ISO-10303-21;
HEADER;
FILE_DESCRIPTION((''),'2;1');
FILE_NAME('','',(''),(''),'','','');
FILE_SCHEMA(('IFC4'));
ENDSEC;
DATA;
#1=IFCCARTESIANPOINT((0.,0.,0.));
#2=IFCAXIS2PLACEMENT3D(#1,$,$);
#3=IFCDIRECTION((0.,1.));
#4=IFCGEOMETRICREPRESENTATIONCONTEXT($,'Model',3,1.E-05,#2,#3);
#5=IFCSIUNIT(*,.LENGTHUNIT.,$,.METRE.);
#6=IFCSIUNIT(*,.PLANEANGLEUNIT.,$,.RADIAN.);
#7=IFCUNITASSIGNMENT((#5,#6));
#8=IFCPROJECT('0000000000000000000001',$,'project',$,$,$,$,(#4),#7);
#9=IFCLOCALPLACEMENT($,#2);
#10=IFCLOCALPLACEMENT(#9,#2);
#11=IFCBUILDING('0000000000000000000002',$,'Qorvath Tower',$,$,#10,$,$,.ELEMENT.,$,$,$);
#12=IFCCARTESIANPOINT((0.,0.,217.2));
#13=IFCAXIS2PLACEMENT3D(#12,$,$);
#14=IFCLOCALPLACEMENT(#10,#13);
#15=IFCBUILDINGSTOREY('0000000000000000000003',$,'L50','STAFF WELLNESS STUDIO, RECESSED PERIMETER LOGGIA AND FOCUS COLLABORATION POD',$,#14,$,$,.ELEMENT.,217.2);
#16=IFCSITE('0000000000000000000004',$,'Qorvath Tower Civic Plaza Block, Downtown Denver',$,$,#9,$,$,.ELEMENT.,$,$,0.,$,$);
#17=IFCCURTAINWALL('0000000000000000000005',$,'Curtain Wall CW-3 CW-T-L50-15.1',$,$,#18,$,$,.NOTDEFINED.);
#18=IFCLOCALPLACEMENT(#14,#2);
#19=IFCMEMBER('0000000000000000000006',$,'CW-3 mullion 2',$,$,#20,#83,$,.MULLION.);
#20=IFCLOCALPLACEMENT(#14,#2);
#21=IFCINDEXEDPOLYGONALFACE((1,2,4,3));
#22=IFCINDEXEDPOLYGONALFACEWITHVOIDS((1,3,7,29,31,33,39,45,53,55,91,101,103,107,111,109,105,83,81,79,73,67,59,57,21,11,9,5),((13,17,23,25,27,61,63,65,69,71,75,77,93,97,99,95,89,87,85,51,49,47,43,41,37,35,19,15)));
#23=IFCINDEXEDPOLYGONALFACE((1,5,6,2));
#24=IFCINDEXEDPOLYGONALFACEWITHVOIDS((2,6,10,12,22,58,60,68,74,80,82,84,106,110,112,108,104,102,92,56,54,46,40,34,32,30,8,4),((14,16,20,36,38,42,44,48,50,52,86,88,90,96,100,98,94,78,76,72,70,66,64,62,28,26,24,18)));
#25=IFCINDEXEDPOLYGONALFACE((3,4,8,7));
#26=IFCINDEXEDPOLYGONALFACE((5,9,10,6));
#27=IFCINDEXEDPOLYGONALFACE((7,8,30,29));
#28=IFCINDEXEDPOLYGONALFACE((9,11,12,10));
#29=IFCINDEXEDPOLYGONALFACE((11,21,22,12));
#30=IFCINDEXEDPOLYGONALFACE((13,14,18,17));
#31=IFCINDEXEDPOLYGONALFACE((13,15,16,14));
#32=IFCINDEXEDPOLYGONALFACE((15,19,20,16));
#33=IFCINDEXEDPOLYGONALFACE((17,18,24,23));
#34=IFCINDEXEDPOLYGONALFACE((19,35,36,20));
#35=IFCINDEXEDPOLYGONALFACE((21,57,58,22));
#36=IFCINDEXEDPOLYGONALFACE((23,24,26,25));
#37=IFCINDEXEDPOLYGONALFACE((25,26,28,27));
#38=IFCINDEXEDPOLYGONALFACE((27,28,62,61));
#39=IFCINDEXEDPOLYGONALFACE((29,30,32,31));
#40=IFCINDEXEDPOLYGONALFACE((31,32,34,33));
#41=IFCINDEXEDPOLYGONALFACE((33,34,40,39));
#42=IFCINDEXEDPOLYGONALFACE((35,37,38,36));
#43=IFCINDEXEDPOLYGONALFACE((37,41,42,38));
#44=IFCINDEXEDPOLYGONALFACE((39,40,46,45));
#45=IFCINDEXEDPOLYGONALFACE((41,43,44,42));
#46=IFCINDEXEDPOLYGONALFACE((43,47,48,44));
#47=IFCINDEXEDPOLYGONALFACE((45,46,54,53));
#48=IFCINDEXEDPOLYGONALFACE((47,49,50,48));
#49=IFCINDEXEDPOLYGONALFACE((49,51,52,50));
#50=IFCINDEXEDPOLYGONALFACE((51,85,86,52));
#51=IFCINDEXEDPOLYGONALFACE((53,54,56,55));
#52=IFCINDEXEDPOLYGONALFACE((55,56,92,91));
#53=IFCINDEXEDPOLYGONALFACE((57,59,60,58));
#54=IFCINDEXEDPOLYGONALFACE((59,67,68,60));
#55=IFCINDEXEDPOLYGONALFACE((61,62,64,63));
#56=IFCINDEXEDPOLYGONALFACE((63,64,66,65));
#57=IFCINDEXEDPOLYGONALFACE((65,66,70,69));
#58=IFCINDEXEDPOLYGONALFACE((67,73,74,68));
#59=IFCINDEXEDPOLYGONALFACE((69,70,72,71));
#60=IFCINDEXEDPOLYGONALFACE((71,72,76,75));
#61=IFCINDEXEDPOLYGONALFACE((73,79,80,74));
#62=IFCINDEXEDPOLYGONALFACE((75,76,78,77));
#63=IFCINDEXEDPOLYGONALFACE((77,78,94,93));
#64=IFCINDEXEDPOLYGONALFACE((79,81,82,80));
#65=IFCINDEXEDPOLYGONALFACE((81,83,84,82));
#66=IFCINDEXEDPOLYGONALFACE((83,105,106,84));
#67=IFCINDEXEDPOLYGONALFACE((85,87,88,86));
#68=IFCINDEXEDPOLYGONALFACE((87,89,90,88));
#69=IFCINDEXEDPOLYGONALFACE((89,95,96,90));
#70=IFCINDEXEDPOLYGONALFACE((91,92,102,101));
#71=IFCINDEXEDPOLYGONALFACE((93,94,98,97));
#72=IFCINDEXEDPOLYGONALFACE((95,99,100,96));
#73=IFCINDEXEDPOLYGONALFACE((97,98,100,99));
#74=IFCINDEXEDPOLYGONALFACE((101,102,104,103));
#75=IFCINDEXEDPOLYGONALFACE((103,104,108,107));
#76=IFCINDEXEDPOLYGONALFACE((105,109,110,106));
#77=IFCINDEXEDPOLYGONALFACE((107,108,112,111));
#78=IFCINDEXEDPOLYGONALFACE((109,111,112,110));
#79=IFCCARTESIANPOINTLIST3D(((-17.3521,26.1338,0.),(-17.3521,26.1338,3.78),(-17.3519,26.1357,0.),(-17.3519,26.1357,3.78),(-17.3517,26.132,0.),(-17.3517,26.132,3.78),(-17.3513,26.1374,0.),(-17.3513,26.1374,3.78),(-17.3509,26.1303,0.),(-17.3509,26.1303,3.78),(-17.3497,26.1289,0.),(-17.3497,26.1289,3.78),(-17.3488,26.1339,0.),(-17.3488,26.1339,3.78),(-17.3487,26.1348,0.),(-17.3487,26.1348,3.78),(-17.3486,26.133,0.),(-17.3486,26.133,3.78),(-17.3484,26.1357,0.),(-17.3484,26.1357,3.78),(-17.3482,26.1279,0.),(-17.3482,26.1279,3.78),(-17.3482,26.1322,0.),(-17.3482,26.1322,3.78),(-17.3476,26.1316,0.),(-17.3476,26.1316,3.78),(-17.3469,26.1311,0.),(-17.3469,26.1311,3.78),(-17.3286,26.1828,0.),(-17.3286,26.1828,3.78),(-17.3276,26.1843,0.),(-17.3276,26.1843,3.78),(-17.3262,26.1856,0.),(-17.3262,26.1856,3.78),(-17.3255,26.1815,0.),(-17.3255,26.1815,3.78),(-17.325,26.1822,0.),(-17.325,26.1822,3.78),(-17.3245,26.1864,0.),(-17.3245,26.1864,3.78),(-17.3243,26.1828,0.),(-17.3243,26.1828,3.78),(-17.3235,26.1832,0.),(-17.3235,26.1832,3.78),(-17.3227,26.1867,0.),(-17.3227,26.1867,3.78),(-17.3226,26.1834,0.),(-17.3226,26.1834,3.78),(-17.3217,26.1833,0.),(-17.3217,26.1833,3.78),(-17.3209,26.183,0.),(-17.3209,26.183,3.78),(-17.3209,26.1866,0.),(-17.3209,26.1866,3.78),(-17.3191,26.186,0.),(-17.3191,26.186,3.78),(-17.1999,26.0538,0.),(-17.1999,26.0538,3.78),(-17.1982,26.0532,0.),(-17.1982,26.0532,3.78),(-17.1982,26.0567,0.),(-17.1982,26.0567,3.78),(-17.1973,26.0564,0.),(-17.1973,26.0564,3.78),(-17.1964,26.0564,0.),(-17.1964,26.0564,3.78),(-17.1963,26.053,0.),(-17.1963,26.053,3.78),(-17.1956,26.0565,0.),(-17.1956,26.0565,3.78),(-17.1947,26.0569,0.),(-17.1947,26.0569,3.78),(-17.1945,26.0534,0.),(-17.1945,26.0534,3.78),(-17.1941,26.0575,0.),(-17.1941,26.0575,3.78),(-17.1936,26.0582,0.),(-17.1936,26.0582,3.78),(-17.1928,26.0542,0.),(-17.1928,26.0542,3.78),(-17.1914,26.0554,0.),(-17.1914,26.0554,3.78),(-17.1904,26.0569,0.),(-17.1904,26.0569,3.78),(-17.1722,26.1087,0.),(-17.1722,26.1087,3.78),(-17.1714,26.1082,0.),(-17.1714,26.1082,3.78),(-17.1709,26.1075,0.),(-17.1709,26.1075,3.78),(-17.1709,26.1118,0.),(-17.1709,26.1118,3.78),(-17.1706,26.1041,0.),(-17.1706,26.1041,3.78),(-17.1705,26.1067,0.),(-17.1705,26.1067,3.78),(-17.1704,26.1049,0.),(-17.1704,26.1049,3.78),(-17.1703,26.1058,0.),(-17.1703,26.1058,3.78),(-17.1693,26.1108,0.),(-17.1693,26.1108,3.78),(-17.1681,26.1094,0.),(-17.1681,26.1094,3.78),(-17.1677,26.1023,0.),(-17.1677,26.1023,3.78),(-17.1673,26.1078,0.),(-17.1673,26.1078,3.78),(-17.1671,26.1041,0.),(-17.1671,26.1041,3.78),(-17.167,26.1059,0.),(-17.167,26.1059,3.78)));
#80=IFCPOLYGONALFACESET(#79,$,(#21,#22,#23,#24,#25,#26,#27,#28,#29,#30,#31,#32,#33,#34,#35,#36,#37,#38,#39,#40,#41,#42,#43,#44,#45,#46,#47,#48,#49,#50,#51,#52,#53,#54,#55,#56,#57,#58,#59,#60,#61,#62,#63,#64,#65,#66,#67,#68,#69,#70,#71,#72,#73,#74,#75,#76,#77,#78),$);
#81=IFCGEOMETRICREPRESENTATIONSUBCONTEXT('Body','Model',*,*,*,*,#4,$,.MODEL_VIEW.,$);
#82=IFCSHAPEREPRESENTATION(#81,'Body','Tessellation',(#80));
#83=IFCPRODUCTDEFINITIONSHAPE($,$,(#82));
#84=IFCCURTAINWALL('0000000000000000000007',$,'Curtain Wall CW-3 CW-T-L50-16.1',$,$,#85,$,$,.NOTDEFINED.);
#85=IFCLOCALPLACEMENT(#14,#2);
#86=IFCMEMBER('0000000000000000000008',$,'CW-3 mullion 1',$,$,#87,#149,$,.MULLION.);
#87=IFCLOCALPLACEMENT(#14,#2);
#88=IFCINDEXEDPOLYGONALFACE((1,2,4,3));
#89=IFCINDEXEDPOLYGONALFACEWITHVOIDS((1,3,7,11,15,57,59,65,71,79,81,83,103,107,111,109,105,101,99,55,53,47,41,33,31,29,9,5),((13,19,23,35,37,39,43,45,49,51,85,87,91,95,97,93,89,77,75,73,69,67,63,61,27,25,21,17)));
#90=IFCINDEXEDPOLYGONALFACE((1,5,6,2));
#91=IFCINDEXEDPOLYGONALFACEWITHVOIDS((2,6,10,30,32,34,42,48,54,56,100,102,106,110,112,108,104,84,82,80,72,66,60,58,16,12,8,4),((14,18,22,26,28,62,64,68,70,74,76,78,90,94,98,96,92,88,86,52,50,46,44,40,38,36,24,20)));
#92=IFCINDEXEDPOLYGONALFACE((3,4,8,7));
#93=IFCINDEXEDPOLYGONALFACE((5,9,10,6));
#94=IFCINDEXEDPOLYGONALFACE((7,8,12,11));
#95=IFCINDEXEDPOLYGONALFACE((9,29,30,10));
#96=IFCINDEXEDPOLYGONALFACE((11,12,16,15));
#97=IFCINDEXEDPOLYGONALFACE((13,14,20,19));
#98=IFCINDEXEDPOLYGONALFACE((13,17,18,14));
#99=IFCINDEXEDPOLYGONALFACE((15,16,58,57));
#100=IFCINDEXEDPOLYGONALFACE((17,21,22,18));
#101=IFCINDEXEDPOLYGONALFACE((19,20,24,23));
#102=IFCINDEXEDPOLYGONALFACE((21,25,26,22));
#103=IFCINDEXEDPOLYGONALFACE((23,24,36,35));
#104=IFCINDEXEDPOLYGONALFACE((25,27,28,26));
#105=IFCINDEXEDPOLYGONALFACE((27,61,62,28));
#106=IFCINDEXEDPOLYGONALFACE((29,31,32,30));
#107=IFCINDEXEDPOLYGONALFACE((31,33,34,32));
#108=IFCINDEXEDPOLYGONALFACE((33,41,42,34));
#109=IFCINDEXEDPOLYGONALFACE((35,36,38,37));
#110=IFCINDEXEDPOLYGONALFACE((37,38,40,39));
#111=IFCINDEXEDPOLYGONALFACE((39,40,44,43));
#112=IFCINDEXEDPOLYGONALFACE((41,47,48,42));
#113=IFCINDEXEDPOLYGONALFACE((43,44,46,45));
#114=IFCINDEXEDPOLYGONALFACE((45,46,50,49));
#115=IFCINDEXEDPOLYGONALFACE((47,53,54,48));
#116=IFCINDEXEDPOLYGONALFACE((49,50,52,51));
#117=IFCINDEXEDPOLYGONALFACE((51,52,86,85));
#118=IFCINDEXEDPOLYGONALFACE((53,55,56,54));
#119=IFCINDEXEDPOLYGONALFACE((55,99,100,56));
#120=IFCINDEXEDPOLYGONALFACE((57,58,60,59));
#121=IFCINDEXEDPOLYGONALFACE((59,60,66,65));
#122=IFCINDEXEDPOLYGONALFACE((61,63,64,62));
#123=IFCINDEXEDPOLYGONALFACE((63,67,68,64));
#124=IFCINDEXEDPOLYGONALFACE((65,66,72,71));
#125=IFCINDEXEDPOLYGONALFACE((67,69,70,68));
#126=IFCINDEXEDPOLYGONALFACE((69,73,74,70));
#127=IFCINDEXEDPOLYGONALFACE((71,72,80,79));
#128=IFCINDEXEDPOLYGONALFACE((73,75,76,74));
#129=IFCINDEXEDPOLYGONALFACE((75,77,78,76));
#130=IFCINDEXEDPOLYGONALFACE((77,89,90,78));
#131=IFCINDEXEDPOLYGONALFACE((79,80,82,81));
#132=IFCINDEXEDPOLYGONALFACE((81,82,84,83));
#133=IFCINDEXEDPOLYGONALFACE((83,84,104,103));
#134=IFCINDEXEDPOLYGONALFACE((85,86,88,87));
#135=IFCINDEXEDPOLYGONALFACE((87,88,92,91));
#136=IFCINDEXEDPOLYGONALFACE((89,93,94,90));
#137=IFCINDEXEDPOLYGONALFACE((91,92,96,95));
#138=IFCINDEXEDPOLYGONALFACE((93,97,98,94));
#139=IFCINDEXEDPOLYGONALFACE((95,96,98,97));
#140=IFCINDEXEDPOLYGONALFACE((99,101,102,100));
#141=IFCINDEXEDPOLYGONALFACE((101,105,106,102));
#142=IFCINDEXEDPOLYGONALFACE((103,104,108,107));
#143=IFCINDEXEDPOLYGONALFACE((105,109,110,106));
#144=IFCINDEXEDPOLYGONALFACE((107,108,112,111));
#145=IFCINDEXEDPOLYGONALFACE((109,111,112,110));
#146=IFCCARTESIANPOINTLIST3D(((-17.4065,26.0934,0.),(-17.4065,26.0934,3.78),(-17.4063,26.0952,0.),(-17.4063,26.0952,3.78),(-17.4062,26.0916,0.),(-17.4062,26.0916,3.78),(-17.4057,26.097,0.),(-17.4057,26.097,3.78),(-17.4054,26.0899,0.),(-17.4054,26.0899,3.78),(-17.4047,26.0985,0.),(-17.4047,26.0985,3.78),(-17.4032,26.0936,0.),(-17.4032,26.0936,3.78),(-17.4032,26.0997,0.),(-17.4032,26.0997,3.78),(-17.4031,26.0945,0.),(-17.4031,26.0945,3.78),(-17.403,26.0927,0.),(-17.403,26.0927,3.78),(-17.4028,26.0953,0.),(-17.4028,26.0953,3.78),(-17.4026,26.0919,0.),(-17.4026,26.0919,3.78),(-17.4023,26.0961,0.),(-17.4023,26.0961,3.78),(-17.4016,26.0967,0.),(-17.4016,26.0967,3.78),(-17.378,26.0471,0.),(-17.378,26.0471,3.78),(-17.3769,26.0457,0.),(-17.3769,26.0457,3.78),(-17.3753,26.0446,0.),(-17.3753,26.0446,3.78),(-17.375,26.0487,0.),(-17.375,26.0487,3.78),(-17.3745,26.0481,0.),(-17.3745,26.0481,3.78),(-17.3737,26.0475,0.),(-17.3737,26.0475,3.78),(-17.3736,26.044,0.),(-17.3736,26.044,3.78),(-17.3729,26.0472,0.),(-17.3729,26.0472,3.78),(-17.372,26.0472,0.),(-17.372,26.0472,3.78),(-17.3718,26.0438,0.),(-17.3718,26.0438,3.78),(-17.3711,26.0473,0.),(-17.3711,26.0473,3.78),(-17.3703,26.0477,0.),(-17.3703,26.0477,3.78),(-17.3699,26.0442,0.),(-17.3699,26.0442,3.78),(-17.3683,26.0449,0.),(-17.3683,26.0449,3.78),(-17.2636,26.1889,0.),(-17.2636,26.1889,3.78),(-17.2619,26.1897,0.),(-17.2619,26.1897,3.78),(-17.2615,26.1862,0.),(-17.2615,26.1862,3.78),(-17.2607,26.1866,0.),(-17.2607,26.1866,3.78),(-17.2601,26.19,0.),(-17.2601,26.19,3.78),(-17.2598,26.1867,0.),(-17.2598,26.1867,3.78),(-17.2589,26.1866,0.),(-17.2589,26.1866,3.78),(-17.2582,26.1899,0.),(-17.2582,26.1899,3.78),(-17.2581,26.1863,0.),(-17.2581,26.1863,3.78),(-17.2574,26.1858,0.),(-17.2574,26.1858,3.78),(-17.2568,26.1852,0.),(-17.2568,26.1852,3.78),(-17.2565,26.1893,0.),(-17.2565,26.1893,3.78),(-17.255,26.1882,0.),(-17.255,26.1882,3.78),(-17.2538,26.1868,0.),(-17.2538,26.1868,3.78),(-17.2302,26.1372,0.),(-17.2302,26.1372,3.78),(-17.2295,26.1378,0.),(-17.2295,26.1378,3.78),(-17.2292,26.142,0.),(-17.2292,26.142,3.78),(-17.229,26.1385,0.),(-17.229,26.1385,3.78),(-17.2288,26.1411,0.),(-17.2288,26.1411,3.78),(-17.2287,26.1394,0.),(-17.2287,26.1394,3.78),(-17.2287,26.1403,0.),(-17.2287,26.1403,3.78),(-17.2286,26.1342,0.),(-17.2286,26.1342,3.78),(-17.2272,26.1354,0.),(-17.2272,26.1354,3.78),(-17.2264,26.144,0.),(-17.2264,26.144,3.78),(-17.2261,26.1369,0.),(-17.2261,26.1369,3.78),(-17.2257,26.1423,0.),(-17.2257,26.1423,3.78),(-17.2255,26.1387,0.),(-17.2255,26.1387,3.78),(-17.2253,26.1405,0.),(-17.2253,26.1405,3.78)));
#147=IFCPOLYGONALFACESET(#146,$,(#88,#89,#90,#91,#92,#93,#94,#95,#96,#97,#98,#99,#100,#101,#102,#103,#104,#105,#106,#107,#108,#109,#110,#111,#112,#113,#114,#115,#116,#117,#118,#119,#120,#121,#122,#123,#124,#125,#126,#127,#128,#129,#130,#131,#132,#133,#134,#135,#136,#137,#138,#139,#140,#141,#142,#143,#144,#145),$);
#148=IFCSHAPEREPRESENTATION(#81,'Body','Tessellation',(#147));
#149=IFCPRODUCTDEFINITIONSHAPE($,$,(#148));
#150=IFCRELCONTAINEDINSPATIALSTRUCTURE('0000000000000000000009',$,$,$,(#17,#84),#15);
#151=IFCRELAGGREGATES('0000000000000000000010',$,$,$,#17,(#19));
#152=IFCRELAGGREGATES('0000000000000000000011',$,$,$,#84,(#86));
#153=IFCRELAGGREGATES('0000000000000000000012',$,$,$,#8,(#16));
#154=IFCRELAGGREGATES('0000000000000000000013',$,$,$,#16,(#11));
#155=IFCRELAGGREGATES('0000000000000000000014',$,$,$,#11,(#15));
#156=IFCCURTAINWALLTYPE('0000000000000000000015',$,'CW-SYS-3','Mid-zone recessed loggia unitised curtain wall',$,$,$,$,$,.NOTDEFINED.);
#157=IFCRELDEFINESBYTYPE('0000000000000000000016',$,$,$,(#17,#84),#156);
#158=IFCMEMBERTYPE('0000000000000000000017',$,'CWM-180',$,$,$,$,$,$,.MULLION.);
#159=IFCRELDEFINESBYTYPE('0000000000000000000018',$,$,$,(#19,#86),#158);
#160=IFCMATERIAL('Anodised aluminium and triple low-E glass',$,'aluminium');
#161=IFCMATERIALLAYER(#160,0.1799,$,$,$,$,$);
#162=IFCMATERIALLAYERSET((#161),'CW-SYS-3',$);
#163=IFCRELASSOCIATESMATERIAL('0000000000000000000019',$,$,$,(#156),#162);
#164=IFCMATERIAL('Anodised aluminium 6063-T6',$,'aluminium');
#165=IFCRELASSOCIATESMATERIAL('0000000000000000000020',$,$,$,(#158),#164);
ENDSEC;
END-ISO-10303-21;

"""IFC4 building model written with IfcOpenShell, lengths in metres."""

from ifc_helpers import new_model, si_unit, direction, frame, origin, origin_2d, place, context, subcontext, project, spatial, hollow_rectangle, extrude, material, layer, layer_set, material_profile, profile_set, type_object, element, aggregate, save


model = new_model("IFC4")

# Units and contexts
model_context = context("Model", 3, precision=1e-05, world=origin(), true_north=direction((0.0, 1.0)))
body_context = subcontext(model_context, "Body", "Model", "MODEL_VIEW")
ifc_project = project(units=[si_unit("LENGTHUNIT", "METRE"), si_unit("PLANEANGLEUNIT", "RADIAN")], contexts=[model_context])

# Site, building, storey
site_placement = place(None, origin())
site = spatial("IfcSite", under=ifc_project, at=site_placement, Name="Qorvath Tower Civic Plaza Block, Downtown Denver", CompositionType="ELEMENT", RefElevation=0.0)
building_placement = place(site_placement, origin())
building = spatial("IfcBuilding", under=site, at=building_placement, Name="Qorvath Tower", CompositionType="ELEMENT")
storey_placement = place(building_placement, frame((0.0, 0.0, 217.2)))
storey = spatial("IfcBuildingStorey", under=building, at=storey_placement, Name="L50", Description="STAFF WELLNESS STUDIO, RECESSED PERIMETER LOGGIA AND FOCUS COLLABORATION POD", CompositionType="ELEMENT", Elevation=217.2)

# Curtain wall, member
ifc_material_1 = material(Name="Anodised aluminium and triple low-E glass", Category="aluminium")
ifc_layer_1 = layer(ifc_material_1, 0.1799)
ifc_layer_set_1 = layer_set([ifc_layer_1], Name="CW-SYS-3")
curtain_wall_type = type_object("IfcCurtainWallType", Name="CW-SYS-3", Description="Mid-zone recessed loggia unitised curtain wall", PredefinedType="NOTDEFINED", material=ifc_layer_set_1)
curtain_wall_1_placement = place(storey_placement, origin())
curtain_wall_1 = element("IfcCurtainWall", 1, at=curtain_wall_1_placement, inside=storey, type_object=curtain_wall_type, Name="Curtain Wall CW-3 CW-T-L50-15.1", PredefinedType="NOTDEFINED")
ifc_material_2 = material(Name="Anodised aluminium 6063-T6", Category="aluminium")
ifc_material_profile_1 = material_profile(ifc_material_2, hollow_rectangle(XDim=0.0649, YDim=0.1799, WallThickness=0.0034, InnerFilletRadius=0.0034, OuterFilletRadius=0.0071, at=origin_2d()), Name="CWM 180x65")
ifc_profile_set_1 = profile_set([ifc_material_profile_1], Name="Anodised aluminium 6063-T6")
member_type_1 = type_object("IfcMemberType", Name="CWM-180", PredefinedType="MULLION", material=ifc_profile_set_1)
member_1_placement = place(storey_placement, frame((-17.2595, 26.1199, 0.0), z_axis=(0.0, 0.0, 1.0), x_axis=(-0.447223, -0.894422, 0.0)))
member_1 = element("IfcMember", 2, at=member_1_placement, type_object=member_type_1, Name="CW-3 mullion 2", PredefinedType="MULLION", context=body_context, shape_type="SweptSolid", body=[
    extrude(hollow_rectangle(XDim=0.0649, YDim=0.1799, WallThickness=0.0034, InnerFilletRadius=0.0034, OuterFilletRadius=0.0071, at=origin_2d()), origin(), (0.0, 0.0, 1.0), 3.78),
])

# Curtain wall, member
curtain_wall_2_placement = place(storey_placement, origin())
curtain_wall_2 = element("IfcCurtainWall", 3, at=curtain_wall_2_placement, inside=storey, type_object=curtain_wall_type, Name="Curtain Wall CW-3 CW-T-L50-16.1", PredefinedType="NOTDEFINED")
member_2_placement = place(storey_placement, frame((-17.3159, 26.1169, 0.0), z_axis=(0.0, 0.0, 1.0), x_axis=(0.538535, -0.842603, 0.0)))
member_2 = element("IfcMember", 4, at=member_2_placement, type_object=member_type_1, Name="CW-3 mullion 1", PredefinedType="MULLION", context=body_context, shape_type="SweptSolid", body=[
    extrude(hollow_rectangle(XDim=0.0649, YDim=0.1799, WallThickness=0.0034, InnerFilletRadius=0.0034, OuterFilletRadius=0.0071, at=origin_2d()), origin(), (0.0, 0.0, 1.0), 3.78),
])

aggregate(curtain_wall_1, [member_1])
aggregate(curtain_wall_2, [member_2])

save(model, "model.ifc")
